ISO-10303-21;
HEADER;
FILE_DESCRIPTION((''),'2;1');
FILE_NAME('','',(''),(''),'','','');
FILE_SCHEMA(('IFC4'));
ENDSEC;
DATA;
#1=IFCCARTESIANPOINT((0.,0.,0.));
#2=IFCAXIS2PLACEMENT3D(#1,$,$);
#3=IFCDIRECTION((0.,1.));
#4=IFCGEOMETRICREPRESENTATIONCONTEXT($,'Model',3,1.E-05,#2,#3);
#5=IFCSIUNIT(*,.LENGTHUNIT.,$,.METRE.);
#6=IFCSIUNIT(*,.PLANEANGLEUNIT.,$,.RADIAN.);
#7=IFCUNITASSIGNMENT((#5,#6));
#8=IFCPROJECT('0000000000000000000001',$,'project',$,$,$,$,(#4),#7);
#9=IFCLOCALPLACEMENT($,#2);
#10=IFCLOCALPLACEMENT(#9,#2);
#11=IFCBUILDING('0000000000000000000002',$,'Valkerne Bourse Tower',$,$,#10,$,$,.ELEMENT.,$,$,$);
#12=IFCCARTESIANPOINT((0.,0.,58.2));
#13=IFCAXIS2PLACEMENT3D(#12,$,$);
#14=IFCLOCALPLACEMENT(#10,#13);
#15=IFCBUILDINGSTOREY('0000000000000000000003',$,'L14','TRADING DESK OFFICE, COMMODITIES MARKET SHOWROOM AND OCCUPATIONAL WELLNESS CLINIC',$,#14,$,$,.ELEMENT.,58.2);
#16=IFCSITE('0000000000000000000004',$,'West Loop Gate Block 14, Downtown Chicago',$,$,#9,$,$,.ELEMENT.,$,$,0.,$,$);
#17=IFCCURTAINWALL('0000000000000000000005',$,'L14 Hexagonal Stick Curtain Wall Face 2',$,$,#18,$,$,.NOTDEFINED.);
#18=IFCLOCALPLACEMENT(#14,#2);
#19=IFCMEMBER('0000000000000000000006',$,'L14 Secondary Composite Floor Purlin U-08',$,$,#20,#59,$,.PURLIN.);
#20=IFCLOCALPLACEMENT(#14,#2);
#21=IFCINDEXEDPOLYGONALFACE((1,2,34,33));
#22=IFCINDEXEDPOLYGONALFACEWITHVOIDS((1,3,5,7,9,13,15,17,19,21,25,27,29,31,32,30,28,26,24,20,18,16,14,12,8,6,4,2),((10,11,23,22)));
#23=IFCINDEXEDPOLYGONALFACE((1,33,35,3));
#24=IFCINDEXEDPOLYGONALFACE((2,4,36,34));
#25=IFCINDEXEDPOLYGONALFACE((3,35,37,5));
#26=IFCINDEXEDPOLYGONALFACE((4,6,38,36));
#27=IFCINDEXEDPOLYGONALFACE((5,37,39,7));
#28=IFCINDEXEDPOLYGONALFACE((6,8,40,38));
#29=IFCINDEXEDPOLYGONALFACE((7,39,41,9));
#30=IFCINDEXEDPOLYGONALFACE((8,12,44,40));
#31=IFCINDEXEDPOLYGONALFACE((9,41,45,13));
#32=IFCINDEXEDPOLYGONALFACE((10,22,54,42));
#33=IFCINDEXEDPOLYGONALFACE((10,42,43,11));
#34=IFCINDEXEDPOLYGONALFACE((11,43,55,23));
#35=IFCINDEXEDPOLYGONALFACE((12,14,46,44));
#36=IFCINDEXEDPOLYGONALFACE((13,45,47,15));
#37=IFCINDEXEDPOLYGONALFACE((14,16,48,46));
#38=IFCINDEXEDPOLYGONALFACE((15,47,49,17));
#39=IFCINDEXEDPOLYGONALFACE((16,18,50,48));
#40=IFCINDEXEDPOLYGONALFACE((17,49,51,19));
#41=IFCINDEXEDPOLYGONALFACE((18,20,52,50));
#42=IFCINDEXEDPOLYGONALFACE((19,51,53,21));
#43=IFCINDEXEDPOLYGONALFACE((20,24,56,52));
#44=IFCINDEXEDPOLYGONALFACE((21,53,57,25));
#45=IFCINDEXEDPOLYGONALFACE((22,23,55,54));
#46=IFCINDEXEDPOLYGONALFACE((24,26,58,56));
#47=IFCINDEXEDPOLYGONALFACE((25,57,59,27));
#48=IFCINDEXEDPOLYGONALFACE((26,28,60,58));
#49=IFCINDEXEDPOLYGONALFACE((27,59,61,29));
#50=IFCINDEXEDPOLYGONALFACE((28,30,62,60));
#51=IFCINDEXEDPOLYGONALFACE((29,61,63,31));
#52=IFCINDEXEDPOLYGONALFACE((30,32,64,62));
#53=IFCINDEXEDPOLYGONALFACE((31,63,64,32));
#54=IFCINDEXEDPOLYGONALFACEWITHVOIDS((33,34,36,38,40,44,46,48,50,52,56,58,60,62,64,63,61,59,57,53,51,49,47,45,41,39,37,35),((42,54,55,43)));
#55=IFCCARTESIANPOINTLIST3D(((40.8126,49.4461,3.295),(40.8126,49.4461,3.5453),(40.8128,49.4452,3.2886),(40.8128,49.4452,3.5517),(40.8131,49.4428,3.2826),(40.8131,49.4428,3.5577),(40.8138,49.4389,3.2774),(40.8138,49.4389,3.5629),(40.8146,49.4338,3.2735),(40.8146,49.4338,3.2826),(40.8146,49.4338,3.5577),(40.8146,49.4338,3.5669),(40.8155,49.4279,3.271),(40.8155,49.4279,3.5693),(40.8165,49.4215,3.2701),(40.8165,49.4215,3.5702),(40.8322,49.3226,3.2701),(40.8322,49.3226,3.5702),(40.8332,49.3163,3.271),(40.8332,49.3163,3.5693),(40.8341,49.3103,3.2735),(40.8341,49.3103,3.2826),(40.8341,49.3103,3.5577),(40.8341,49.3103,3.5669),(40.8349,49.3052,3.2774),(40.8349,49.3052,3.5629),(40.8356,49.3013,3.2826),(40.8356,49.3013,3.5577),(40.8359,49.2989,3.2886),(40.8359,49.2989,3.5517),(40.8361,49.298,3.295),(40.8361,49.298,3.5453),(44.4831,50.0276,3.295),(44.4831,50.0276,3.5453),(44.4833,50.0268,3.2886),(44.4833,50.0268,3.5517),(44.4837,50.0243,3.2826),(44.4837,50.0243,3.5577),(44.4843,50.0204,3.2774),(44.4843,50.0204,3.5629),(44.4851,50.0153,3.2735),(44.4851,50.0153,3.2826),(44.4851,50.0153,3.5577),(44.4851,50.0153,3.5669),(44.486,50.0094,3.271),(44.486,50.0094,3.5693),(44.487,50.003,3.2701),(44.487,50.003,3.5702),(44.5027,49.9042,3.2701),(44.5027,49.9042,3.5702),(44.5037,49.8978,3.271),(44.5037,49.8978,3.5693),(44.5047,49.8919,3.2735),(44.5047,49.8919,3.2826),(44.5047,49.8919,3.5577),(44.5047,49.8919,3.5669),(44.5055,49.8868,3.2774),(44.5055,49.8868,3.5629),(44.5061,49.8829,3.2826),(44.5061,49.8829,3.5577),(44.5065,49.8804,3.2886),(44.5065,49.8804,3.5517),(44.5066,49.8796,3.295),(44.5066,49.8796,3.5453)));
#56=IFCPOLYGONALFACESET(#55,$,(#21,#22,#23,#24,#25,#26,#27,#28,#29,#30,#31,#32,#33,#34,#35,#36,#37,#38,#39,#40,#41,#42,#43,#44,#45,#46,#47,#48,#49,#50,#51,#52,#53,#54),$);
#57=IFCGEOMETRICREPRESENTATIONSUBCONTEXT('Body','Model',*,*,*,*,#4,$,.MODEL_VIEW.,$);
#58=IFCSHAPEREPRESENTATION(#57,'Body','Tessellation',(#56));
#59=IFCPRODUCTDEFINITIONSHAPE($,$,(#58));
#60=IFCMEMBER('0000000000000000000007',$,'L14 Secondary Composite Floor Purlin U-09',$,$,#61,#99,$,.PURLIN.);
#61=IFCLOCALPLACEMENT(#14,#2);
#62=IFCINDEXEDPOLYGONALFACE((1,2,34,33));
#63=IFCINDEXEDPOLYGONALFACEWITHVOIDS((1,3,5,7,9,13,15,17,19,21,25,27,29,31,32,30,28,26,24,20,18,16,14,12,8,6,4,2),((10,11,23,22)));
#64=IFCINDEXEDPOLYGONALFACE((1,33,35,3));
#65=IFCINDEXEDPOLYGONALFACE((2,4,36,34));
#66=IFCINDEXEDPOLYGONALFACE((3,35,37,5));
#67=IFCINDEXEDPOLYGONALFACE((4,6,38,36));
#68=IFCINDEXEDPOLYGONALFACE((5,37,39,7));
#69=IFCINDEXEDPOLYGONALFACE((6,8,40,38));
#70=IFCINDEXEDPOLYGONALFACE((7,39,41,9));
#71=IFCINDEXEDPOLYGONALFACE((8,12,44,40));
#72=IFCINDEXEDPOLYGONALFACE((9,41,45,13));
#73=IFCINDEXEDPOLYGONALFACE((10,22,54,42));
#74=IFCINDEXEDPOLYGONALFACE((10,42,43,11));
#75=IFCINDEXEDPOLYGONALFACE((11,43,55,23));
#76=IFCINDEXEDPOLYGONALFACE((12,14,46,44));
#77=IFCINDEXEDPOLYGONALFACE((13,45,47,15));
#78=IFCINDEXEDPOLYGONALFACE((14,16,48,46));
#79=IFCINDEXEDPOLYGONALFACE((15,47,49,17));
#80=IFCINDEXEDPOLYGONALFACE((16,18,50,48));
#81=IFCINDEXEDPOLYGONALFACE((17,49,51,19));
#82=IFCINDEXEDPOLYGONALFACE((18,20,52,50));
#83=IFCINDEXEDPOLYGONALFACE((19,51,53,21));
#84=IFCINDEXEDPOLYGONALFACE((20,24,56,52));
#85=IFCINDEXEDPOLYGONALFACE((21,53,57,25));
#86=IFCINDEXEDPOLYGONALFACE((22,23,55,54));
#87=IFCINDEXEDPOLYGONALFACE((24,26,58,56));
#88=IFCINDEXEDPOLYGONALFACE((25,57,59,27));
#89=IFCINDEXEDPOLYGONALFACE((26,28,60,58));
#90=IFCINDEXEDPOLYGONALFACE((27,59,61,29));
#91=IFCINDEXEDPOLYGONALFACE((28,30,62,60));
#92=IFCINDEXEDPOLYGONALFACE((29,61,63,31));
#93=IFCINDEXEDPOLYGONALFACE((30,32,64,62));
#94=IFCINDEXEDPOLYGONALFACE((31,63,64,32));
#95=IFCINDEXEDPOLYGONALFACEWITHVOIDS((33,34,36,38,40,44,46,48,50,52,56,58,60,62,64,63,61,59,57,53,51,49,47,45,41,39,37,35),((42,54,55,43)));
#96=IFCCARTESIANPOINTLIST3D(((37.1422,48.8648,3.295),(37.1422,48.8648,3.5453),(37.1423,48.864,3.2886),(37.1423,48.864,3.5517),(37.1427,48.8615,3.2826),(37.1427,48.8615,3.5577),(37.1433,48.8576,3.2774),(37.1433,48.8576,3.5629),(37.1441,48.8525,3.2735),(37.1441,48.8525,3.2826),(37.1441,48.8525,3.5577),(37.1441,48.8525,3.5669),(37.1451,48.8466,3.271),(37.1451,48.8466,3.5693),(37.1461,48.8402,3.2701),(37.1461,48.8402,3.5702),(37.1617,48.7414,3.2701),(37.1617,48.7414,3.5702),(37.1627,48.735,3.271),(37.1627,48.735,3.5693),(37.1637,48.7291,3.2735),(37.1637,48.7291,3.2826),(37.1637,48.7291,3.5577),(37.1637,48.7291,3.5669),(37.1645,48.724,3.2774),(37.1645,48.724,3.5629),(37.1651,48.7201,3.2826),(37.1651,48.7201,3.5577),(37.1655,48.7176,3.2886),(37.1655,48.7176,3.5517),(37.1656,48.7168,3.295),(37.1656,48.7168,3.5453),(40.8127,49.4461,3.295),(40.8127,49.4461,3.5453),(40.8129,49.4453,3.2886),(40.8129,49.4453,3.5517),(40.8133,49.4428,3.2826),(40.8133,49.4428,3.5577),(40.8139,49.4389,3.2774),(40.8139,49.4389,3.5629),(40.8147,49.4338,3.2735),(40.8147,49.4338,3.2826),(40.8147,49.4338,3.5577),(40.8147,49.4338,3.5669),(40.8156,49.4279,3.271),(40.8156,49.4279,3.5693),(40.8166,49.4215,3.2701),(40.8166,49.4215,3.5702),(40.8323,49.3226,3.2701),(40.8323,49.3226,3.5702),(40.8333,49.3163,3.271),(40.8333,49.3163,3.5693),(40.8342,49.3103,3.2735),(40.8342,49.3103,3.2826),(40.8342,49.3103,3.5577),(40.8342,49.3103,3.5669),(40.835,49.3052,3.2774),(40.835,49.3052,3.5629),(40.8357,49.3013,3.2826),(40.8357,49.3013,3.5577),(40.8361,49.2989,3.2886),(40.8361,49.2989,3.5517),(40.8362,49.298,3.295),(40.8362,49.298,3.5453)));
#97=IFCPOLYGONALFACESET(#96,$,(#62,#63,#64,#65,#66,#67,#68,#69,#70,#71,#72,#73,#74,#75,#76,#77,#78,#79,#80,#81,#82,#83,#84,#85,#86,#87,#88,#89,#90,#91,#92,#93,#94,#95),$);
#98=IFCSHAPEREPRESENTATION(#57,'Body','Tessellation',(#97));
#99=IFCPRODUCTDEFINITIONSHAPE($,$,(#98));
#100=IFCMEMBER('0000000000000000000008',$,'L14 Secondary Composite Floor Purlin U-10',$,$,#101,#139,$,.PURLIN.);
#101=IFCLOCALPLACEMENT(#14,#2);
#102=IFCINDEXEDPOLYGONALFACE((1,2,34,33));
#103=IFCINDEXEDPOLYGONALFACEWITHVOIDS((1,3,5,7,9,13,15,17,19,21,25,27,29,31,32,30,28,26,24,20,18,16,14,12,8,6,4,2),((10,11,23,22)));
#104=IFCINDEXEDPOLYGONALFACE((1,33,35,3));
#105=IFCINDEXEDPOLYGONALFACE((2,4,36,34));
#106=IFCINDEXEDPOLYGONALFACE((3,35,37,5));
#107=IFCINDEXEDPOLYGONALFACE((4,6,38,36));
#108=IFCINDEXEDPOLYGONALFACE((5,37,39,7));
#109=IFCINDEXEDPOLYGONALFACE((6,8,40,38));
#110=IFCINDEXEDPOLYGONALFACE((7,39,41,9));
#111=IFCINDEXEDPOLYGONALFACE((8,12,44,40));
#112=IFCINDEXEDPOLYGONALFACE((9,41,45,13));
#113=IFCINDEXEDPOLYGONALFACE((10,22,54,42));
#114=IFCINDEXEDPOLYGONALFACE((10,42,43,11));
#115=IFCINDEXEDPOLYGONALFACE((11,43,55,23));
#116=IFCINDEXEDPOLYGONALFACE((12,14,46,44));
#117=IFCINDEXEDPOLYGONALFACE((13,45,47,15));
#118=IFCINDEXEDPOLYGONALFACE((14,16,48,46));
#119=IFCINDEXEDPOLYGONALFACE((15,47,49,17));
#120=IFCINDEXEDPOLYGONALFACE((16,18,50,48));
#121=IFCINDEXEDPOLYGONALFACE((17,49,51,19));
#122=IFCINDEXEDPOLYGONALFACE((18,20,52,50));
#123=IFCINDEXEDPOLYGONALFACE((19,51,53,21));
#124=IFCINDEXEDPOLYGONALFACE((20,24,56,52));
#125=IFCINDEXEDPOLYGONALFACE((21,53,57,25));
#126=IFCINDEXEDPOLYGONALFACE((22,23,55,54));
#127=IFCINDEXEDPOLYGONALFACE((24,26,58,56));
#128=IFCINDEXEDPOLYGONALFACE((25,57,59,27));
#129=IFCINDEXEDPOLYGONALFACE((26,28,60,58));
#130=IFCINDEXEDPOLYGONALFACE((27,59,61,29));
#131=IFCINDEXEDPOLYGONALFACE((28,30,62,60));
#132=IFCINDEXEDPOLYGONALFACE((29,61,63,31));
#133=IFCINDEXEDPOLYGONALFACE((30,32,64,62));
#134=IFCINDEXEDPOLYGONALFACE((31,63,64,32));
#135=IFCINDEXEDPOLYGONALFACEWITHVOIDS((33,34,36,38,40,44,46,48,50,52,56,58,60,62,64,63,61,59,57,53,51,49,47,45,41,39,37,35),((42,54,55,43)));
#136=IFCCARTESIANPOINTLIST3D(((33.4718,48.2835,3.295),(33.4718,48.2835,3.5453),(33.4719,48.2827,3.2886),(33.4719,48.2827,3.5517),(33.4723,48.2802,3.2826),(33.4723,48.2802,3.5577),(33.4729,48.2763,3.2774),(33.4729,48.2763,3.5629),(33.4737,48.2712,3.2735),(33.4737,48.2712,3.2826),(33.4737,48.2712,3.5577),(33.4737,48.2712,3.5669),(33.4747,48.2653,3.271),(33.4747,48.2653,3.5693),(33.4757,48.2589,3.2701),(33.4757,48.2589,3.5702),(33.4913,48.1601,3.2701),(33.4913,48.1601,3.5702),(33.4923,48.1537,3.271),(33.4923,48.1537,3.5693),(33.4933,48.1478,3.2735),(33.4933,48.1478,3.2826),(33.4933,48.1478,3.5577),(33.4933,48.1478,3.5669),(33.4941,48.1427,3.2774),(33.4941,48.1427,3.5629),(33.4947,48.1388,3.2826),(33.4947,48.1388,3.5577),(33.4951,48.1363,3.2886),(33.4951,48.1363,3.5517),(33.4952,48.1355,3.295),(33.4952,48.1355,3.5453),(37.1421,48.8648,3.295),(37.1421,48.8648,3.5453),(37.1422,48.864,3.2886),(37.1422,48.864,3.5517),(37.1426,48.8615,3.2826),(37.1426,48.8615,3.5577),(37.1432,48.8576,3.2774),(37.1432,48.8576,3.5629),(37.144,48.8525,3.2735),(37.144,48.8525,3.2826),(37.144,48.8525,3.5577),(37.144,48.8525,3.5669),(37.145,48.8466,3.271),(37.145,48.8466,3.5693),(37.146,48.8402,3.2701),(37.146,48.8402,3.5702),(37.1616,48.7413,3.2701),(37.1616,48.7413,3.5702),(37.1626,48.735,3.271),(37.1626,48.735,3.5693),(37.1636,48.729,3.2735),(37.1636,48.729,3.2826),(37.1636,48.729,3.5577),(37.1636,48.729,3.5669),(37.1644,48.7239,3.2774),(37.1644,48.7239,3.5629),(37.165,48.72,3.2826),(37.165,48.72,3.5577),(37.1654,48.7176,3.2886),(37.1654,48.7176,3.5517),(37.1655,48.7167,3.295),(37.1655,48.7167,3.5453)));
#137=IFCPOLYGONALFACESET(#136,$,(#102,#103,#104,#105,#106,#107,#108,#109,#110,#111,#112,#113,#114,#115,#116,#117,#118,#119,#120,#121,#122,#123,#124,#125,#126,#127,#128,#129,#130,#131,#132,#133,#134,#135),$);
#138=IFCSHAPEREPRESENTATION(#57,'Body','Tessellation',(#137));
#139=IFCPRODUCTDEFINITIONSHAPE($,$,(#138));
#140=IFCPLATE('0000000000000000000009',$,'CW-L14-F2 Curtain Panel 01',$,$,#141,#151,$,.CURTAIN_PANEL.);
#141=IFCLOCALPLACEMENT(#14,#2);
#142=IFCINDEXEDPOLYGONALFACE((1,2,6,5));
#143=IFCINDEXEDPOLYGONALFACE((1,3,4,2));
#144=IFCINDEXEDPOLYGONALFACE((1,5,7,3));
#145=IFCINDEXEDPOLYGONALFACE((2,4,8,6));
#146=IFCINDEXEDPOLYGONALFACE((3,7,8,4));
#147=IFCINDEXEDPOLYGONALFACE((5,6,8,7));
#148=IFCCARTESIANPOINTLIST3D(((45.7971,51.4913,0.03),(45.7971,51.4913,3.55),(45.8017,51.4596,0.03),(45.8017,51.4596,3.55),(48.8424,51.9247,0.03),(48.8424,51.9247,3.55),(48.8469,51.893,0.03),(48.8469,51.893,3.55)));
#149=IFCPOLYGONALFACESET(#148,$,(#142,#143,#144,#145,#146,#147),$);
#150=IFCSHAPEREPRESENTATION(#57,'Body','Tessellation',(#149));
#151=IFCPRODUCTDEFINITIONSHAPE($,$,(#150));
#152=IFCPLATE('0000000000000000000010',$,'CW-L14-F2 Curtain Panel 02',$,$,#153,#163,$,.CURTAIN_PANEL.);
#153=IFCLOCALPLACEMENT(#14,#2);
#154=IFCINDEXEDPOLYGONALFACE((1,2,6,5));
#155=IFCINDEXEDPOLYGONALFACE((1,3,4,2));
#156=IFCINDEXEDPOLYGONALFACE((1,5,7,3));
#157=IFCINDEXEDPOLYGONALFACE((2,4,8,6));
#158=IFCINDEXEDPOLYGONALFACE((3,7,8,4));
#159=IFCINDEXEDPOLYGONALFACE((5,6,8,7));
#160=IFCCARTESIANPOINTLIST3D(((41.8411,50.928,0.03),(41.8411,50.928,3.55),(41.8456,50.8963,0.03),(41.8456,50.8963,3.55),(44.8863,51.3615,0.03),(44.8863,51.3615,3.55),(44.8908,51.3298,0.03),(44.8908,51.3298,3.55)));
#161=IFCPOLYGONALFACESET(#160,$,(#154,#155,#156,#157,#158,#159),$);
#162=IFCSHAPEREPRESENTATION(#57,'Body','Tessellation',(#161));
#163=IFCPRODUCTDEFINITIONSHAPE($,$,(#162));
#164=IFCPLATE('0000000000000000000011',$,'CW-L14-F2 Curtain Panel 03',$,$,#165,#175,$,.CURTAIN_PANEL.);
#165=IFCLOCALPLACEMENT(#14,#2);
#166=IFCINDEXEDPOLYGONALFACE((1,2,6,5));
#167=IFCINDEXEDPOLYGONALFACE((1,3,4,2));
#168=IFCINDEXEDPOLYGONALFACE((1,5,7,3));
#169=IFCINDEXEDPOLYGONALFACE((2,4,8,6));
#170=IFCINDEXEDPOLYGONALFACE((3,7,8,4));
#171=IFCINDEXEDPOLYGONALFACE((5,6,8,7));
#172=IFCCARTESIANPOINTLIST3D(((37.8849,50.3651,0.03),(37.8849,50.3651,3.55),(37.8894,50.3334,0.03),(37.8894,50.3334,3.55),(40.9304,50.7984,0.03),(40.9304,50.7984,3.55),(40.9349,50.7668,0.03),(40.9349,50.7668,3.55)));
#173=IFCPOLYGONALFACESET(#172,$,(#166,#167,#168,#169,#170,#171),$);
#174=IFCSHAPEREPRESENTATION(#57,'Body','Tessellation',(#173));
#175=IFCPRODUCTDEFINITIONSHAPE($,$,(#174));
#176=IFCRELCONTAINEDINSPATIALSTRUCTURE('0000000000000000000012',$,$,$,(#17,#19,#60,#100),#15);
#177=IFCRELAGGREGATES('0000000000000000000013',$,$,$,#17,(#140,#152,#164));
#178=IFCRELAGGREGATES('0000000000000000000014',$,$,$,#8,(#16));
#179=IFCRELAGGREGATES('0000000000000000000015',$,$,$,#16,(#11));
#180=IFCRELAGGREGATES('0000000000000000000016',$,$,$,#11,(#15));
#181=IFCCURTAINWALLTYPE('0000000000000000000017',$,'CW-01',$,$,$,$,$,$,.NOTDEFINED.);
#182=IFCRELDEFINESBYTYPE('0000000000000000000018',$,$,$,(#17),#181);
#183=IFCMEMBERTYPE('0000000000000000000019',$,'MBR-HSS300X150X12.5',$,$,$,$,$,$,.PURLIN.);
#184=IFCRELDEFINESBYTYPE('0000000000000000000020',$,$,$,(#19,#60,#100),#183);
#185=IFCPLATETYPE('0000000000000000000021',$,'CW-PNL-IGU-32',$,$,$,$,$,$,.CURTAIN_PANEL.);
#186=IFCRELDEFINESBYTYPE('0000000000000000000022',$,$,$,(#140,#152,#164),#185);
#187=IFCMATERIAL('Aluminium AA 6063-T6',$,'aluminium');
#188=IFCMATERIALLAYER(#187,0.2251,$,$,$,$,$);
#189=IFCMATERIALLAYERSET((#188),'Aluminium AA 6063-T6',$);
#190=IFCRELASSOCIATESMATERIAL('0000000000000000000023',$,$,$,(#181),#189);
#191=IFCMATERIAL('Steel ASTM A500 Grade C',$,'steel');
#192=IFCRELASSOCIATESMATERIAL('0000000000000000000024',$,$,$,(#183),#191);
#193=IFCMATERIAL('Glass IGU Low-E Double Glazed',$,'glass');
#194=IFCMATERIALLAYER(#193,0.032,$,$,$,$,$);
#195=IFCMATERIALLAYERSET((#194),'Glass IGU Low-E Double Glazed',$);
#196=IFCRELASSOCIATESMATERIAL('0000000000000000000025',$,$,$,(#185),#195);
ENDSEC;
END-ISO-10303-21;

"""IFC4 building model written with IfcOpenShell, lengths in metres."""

from ifc_helpers import new_model, si_unit, direction, frame, origin, origin_2d, place, context, subcontext, project, spatial, rectangle, hollow_rectangle, extrude, material, layer, layer_set, material_profile, profile_set, type_object, element, aggregate, save


model = new_model("IFC4")

# Units and contexts
model_context = context("Model", 3, precision=1e-05, world=origin(), true_north=direction((0.0, 1.0)))
body_context = subcontext(model_context, "Body", "Model", "MODEL_VIEW")
ifc_project = project(units=[si_unit("LENGTHUNIT", "METRE"), si_unit("PLANEANGLEUNIT", "RADIAN")], contexts=[model_context])

# Site, building, storey
site_placement = place(None, origin())
site = spatial("IfcSite", under=ifc_project, at=site_placement, Name="West Loop Gate Block 14, Downtown Chicago", CompositionType="ELEMENT", RefElevation=0.0)
building_placement = place(site_placement, origin())
building = spatial("IfcBuilding", under=site, at=building_placement, Name="Valkerne Bourse Tower", CompositionType="ELEMENT")
storey_placement = place(building_placement, frame((0.0, 0.0, 58.2)))
storey = spatial("IfcBuildingStorey", under=building, at=storey_placement, Name="L14", Description="TRADING DESK OFFICE, COMMODITIES MARKET SHOWROOM AND OCCUPATIONAL WELLNESS CLINIC", CompositionType="ELEMENT", Elevation=58.2)

# Curtain wall
ifc_material_1 = material(Name="Aluminium AA 6063-T6", Category="aluminium")
ifc_layer_1 = layer(ifc_material_1, 0.2251)
ifc_layer_set_1 = layer_set([ifc_layer_1], Name="Aluminium AA 6063-T6")
curtain_wall_type = type_object("IfcCurtainWallType", Name="CW-01", PredefinedType="NOTDEFINED", material=ifc_layer_set_1)
curtain_wall_placement = place(storey_placement, origin())
curtain_wall = element("IfcCurtainWall", 1, at=curtain_wall_placement, inside=storey, type_object=curtain_wall_type, Name="L14 Hexagonal Stick Curtain Wall Face 2", PredefinedType="NOTDEFINED")

# Members
ifc_material_2 = material(Name="Steel ASTM A500 Grade C", Category="steel")
ifc_material_profile_1 = material_profile(ifc_material_2, hollow_rectangle(XDim=0.1499, YDim=0.3, WallThickness=0.0125, OuterFilletRadius=0.0249, at=origin_2d()), Name="HSS300X150X12.5")
ifc_profile_set_1 = profile_set([ifc_material_profile_1], Name="Steel ASTM A500 Grade C")
member_type_1 = type_object("IfcMemberType", Name="MBR-HSS300X150X12.5", PredefinedType="PURLIN", material=ifc_profile_set_1)
for number, where, z_axis, x_axis, name in (
    (2, (44.4949, 49.9536, 3.4202), (-0.98768, -0.156489, 0.0), (0.156489, -0.98768, 0.0), "L14 Secondary Composite Floor Purlin U-08"),
    (3, (40.8245, 49.3721, 3.4202), (-0.987691, -0.156415, 0.0), (0.156415, -0.987691, 0.0), "L14 Secondary Composite Floor Purlin U-09"),
):
    element("IfcMember", number, at=place(storey_placement, frame(where, z_axis=z_axis, x_axis=x_axis)), inside=storey, type_object=member_type_1, Name=name, PredefinedType="PURLIN", context=body_context, shape_type="SweptSolid", body=[
        extrude(hollow_rectangle(XDim=0.1499, YDim=0.3, WallThickness=0.0125, OuterFilletRadius=0.0249, at=origin_2d()), origin(), (0.0, 0.0, 1.0), 3.7163),
    ])
member_1_placement = place(storey_placement, frame((37.1538, 48.7908, 3.4202), z_axis=(-0.98769, -0.156425, 0.0), x_axis=(0.156425, -0.98769, 0.0)))
element("IfcMember", 4, at=member_1_placement, inside=storey, type_object=member_type_1, Name="L14 Secondary Composite Floor Purlin U-10", PredefinedType="PURLIN", context=body_context, shape_type="SweptSolid", body=[
    extrude(hollow_rectangle(XDim=0.1499, YDim=0.3, WallThickness=0.0125, OuterFilletRadius=0.0249, at=origin_2d()), origin(), (0.0, 0.0, 1.0), 3.7161),
])

# Plates
ifc_material_3 = material(Name="Glass IGU Low-E Double Glazed", Category="glass")
ifc_layer_2 = layer(ifc_material_3, 0.032)
ifc_layer_set_2 = layer_set([ifc_layer_2], Name="Glass IGU Low-E Double Glazed")
plate_type = type_object("IfcPlateType", Name="CW-PNL-IGU-32", PredefinedType="CURTAIN_PANEL", material=ifc_layer_set_2)
plate_1_placement = place(storey_placement, frame((47.322, 51.6921, 0.03), z_axis=(0.0, 0.0, 1.0), x_axis=(-0.990025, -0.140892, 0.0)))
plate_1 = element("IfcPlate", 5, at=plate_1_placement, type_object=plate_type, Name="CW-L14-F2 Curtain Panel 01", PredefinedType="CURTAIN_PANEL", context=body_context, shape_type="SweptSolid", body=[
    extrude(rectangle(XDim=3.0759, YDim=0.032, at=origin_2d()), origin(), (0.0, 0.0, 1.0), 3.52),
])
plate_2_placement = place(storey_placement, frame((43.366, 51.1289, 0.03), z_axis=(0.0, 0.0, 1.0), x_axis=(-0.990021, -0.140917, 0.0)))
plate_2 = element("IfcPlate", 6, at=plate_2_placement, type_object=plate_type, Name="CW-L14-F2 Curtain Panel 02", PredefinedType="CURTAIN_PANEL", context=body_context, shape_type="SweptSolid", body=[
    extrude(rectangle(XDim=3.0759, YDim=0.032, at=origin_2d()), origin(), (0.0, 0.0, 1.0), 3.52),
])
plate_3_placement = place(storey_placement, frame((39.4099, 50.5659, 0.03), z_axis=(0.0, 0.0, 1.0), x_axis=(-0.990025, -0.140889, 0.0)))
plate_3 = element("IfcPlate", 7, at=plate_3_placement, type_object=plate_type, Name="CW-L14-F2 Curtain Panel 03", PredefinedType="CURTAIN_PANEL", context=body_context, shape_type="SweptSolid", body=[
    extrude(rectangle(XDim=3.0762, YDim=0.032, at=origin_2d()), origin(), (0.0, 0.0, 1.0), 3.52),
])
aggregate(curtain_wall, [plate_1, plate_2, plate_3])

save(model, "model.ifc")
